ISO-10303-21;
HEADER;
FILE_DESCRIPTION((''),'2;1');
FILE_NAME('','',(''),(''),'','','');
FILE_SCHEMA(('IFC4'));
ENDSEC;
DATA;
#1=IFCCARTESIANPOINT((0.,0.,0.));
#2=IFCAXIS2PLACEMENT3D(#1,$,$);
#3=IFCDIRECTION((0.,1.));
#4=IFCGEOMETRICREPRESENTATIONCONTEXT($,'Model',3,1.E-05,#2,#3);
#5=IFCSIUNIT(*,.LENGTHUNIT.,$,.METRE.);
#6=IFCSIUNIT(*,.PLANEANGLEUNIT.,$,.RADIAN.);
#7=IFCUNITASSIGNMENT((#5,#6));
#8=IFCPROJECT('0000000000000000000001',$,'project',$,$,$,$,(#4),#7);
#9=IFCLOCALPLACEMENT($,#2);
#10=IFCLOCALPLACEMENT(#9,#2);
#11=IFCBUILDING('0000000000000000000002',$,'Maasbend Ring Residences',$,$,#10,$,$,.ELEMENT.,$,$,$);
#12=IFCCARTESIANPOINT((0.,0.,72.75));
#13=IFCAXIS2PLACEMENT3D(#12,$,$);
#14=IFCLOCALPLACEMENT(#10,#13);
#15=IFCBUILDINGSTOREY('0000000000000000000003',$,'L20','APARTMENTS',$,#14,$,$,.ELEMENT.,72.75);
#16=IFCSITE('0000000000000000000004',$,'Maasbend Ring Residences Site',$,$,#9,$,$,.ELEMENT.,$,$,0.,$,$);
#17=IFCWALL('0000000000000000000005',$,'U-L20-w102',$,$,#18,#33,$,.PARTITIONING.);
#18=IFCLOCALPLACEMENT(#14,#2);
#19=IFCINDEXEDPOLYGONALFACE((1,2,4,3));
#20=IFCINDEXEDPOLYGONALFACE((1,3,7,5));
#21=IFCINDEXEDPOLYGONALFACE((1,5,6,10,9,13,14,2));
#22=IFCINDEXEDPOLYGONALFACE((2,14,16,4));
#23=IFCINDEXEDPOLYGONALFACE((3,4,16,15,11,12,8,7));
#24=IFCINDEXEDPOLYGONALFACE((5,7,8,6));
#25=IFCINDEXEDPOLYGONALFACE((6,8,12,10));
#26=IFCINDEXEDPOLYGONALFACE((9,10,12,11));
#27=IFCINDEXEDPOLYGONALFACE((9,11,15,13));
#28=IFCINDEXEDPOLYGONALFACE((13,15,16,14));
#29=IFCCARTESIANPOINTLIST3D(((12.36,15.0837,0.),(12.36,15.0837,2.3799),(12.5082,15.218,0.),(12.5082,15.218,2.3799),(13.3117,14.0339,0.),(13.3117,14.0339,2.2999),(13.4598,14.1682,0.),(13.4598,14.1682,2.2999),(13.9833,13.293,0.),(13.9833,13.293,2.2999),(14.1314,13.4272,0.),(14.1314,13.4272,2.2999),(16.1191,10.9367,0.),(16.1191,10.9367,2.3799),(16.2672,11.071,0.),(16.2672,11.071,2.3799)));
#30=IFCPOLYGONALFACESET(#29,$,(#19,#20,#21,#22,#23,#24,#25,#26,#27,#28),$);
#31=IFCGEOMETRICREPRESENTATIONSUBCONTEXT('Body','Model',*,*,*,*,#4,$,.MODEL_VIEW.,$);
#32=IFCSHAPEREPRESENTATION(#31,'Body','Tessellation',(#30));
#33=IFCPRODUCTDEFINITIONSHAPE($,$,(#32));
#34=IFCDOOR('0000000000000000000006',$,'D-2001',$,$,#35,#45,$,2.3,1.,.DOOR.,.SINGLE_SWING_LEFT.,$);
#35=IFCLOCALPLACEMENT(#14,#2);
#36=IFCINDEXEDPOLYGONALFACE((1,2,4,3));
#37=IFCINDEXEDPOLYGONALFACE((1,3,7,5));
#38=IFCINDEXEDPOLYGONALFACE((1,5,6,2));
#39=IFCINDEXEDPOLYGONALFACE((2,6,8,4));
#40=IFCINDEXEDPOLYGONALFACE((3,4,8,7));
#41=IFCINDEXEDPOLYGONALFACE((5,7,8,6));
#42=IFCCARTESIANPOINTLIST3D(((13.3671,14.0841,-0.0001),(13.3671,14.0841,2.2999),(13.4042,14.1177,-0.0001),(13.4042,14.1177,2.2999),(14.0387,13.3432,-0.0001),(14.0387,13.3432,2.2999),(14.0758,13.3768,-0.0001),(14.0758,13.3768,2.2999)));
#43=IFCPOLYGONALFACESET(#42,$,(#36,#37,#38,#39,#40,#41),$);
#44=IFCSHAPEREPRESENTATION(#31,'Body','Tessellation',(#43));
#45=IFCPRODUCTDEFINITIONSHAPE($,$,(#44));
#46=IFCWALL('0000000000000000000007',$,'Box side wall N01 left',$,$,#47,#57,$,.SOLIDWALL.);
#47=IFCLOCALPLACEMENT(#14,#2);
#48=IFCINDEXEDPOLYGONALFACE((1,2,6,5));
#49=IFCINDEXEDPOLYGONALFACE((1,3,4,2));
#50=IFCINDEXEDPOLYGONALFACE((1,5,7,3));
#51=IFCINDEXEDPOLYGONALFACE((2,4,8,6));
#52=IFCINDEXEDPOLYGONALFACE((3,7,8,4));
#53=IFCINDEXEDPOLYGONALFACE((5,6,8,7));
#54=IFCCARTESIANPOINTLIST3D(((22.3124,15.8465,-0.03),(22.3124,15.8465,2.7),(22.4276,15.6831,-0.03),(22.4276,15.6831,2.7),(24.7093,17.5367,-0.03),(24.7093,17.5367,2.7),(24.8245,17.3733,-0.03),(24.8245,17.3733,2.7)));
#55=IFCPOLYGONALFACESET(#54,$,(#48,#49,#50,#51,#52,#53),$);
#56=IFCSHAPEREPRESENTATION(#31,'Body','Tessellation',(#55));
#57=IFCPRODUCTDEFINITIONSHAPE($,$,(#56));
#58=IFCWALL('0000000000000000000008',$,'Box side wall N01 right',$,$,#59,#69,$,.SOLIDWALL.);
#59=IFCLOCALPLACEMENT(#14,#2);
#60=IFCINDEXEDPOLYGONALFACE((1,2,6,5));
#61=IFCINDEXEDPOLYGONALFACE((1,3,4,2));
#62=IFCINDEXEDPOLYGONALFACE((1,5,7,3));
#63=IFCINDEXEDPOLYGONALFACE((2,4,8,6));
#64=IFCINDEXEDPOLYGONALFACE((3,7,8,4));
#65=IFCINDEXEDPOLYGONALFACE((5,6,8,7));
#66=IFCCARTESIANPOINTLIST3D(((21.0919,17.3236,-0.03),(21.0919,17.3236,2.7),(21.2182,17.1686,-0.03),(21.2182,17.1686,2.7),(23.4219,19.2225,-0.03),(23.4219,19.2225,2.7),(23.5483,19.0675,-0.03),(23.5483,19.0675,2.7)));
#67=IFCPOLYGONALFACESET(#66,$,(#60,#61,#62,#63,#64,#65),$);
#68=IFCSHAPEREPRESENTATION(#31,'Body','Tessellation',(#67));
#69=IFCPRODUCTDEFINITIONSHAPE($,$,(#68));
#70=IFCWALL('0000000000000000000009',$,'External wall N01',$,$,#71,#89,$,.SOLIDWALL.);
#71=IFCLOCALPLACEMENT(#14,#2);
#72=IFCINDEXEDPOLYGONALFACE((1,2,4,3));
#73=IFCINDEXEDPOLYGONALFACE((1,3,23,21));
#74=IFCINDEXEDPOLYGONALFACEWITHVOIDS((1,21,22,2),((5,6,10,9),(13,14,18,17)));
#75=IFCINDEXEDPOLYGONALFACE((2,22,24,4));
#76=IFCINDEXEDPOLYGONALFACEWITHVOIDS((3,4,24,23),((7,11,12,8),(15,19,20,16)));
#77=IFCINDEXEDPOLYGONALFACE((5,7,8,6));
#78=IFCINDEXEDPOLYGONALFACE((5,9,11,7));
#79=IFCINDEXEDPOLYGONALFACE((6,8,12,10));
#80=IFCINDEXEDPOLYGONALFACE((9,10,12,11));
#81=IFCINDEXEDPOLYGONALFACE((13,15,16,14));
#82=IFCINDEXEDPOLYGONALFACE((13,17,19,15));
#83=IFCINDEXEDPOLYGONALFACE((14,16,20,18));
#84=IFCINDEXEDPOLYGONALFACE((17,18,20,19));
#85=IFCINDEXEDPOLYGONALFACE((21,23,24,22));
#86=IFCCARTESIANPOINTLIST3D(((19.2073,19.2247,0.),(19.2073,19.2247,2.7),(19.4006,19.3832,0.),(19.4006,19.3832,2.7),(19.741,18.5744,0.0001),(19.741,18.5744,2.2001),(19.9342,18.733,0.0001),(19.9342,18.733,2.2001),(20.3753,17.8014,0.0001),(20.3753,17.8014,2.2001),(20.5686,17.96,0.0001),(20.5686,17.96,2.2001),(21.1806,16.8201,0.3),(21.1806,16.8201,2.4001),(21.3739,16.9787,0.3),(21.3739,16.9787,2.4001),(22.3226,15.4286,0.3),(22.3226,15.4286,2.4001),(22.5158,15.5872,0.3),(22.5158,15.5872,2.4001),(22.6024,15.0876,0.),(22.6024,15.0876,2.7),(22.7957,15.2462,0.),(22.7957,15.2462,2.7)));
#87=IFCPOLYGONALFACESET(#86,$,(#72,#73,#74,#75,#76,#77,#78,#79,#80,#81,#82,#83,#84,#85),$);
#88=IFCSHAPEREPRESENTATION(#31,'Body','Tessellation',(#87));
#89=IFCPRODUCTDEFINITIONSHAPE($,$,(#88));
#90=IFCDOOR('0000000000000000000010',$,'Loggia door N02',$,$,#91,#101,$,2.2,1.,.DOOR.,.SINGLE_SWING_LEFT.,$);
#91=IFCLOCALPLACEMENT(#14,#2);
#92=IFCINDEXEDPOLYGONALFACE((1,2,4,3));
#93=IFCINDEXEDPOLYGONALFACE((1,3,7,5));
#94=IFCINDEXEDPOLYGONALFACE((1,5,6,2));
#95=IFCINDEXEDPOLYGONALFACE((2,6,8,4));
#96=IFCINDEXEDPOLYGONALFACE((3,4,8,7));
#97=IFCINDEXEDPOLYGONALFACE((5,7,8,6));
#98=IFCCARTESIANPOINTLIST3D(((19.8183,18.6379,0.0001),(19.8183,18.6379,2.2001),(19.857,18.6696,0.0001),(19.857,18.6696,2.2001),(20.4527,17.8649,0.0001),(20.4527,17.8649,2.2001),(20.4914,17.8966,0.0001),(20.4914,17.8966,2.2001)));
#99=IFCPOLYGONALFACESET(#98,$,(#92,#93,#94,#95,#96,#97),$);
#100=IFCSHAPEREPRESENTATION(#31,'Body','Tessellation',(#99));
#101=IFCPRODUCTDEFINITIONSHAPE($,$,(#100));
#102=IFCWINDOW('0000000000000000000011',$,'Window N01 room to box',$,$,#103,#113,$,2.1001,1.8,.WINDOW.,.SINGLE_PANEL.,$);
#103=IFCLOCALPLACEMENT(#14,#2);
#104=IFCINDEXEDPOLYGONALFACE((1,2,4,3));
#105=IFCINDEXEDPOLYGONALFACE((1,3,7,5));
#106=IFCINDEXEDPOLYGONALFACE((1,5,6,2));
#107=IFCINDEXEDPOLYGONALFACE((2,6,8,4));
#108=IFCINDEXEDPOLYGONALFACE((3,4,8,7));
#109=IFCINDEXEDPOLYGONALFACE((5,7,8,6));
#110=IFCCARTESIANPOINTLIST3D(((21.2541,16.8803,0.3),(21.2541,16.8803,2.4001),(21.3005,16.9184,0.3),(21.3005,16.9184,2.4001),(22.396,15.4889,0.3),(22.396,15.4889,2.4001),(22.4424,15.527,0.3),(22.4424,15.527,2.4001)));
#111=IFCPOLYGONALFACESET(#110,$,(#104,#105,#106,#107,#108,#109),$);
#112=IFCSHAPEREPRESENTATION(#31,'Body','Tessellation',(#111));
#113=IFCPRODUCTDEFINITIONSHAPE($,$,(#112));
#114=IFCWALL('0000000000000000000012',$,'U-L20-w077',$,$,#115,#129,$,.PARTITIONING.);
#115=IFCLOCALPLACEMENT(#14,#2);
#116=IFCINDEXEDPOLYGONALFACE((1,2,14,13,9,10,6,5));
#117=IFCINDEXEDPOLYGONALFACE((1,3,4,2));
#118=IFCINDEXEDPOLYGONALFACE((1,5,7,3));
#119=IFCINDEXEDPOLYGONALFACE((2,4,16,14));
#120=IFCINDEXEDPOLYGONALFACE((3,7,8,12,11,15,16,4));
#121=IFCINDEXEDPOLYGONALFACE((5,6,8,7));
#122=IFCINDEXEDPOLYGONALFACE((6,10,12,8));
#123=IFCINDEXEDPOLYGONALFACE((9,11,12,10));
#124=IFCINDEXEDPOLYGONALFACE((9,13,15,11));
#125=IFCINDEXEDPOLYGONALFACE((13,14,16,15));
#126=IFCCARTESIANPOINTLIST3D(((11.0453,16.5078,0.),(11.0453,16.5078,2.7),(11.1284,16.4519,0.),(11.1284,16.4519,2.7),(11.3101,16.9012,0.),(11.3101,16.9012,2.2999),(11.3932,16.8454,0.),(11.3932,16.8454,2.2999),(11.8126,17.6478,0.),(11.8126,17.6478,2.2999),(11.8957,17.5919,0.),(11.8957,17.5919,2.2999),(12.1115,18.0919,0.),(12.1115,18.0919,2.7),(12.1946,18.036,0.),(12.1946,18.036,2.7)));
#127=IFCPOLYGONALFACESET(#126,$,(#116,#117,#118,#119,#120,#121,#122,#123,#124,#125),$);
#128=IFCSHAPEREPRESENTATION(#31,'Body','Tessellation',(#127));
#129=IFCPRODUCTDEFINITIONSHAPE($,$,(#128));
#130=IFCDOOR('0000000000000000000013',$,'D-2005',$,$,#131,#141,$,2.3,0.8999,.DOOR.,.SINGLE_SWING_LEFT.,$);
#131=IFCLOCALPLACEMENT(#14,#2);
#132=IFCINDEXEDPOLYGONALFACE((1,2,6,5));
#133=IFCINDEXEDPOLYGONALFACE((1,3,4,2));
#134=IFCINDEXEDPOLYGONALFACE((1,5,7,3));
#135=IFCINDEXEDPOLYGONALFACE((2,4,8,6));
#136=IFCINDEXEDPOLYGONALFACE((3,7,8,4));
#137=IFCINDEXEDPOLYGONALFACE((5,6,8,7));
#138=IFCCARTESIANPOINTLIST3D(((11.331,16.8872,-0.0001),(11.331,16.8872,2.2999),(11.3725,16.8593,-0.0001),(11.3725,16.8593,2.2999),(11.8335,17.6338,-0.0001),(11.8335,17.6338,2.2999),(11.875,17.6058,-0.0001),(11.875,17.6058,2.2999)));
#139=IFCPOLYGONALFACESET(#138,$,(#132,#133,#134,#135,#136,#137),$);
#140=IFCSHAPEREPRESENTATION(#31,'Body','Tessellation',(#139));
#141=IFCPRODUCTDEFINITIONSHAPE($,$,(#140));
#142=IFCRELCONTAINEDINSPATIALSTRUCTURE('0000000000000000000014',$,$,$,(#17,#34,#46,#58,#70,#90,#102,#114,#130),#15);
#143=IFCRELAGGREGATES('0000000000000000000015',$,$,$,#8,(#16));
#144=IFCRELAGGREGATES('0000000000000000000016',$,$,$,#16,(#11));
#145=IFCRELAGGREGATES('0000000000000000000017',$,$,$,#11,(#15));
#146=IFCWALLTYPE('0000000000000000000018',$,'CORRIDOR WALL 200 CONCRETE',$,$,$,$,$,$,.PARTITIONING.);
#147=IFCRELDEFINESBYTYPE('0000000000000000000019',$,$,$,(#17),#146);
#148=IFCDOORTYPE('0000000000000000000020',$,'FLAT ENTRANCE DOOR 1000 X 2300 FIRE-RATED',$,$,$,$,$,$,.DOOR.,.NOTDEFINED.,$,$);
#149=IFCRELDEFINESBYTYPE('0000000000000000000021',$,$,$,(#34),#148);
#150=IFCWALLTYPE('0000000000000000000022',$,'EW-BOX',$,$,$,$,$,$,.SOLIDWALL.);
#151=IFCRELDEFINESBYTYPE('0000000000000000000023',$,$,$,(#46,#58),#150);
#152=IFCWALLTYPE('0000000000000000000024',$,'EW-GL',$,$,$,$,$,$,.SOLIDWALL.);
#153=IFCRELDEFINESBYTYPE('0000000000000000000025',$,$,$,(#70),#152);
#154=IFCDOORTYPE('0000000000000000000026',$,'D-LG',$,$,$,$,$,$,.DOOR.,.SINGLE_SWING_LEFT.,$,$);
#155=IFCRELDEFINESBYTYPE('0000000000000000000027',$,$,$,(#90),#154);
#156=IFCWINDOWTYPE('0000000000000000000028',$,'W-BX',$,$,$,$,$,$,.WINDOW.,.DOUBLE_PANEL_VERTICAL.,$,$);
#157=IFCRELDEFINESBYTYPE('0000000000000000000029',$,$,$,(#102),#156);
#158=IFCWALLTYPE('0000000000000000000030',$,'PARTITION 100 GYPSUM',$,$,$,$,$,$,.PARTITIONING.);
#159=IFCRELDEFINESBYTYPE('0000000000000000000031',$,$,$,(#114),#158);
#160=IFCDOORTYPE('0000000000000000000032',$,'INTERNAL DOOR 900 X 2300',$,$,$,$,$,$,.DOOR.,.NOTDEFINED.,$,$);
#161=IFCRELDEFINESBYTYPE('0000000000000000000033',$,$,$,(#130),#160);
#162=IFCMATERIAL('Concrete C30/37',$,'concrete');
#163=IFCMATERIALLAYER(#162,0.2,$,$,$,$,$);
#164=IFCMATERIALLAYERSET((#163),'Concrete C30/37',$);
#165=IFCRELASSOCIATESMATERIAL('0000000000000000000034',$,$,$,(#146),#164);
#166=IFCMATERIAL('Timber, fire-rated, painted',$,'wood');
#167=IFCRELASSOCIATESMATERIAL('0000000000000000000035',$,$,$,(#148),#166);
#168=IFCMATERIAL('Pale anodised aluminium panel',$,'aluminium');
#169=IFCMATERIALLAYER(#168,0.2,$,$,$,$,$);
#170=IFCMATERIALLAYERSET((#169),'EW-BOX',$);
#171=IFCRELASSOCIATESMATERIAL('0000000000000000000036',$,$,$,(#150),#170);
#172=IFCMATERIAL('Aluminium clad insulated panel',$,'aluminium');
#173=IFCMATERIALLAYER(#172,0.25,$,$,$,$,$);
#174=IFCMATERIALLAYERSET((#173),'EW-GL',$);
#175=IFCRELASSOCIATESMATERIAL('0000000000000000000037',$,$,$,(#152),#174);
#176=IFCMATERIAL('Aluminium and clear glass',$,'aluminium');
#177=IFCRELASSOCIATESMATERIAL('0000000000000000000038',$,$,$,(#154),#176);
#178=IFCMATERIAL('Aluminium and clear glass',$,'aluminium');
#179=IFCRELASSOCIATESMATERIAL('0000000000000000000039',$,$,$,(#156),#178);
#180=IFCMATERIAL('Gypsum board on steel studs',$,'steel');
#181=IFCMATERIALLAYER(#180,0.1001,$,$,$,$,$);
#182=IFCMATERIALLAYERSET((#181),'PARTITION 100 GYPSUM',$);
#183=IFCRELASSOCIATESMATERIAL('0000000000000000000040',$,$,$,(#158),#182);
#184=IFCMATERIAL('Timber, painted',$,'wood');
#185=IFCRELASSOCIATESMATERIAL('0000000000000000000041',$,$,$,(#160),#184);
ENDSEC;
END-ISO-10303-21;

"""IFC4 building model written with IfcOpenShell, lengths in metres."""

from ifc_helpers import new_model, si_unit, direction, frame, frame_2d, origin, place, context, subcontext, project, spatial, rectangle, extrude, material, layer, layer_set, type_object, element, fill, save


model = new_model("IFC4")

# Units and contexts
model_context = context("Model", 3, precision=1e-05, world=origin(), true_north=direction((0.0, 1.0)))
body_context = subcontext(model_context, "Body", "Model", "MODEL_VIEW")
ifc_project = project(units=[si_unit("LENGTHUNIT", "METRE"), si_unit("PLANEANGLEUNIT", "RADIAN")], contexts=[model_context])

# Site, building, storey
site_placement = place(None, origin())
site = spatial("IfcSite", under=ifc_project, at=site_placement, Name="Maasbend Ring Residences Site", CompositionType="ELEMENT", RefElevation=0.0)
building_placement = place(site_placement, origin())
building = spatial("IfcBuilding", under=site, at=building_placement, Name="Maasbend Ring Residences", CompositionType="ELEMENT")
storey_placement = place(building_placement, frame((0.0, 0.0, 72.75)))
storey = spatial("IfcBuildingStorey", under=building, at=storey_placement, Name="L20", Description="APARTMENTS", CompositionType="ELEMENT", Elevation=72.75)

# Wall, opening, door
ifc_material_1 = material(Name="Concrete C30/37", Category="concrete")
ifc_layer_1 = layer(ifc_material_1, 0.2)
ifc_layer_set_1 = layer_set([ifc_layer_1], Name="Concrete C30/37")
wall_type_1 = type_object("IfcWallType", Name="CORRIDOR WALL 200 CONCRETE", PredefinedType="PARTITIONING", material=ifc_layer_set_1)
wall_1_placement = place(storey_placement, frame((12.4341, 15.1509, 0.0), z_axis=(0.0, 0.0, 1.0), x_axis=(0.671602, -0.740912, 0.0)))
wall_1 = element("IfcWall", 1, at=wall_1_placement, inside=storey, type_object=wall_type_1, Name="U-L20-w102", PredefinedType="PARTITIONING", context=body_context, shape_type="SweptSolid", body=[
    extrude(rectangle(XDim=5.5972, YDim=0.2, at=frame_2d((2.7986, 0.0))), origin(), (0.0, 0.0, 1.0), 2.3799),
])
opening_1_placement = place(wall_1_placement, frame((1.417, 0.0, 0.0)))
opening_1 = element("IfcOpeningElement", 2, at=opening_1_placement, cuts=wall_1, PredefinedType="OPENING", context=body_context, shape_type="SweptSolid", body=[
    extrude(rectangle(XDim=1.0, YDim=2.3, at=frame_2d((0.5, 1.1499))), frame((0.0, 0.1099, 0.0), z_axis=(0.0, -1.0, 0.0), x_axis=(1.0, 0.0, 0.0)), (0.0, 0.0, 1.0), 0.22),
])
ifc_material_2 = material(Name="Timber, fire-rated, painted", Category="wood")
door_type_1 = type_object("IfcDoorType", Name="FLAT ENTRANCE DOOR 1000 X 2300 FIRE-RATED", OperationType="NOTDEFINED", PredefinedType="DOOR", material=ifc_material_2)
door_1_placement = place(opening_1_placement, origin())
door_1 = element("IfcDoor", 3, at=door_1_placement, inside=storey, type_object=door_type_1, Name="D-2001", OperationType="SINGLE_SWING_LEFT", OverallHeight=2.3, OverallWidth=1.0, PredefinedType="DOOR", context=body_context, shape_type="SweptSolid", body=[
    extrude(rectangle(XDim=1.0, YDim=2.3, at=frame_2d((0.5, 1.1499))), frame((0.0, 0.0249, 0.0), z_axis=(0.0, -1.0, 0.0), x_axis=(1.0, 0.0, 0.0)), (0.0, 0.0, 1.0), 0.05),
])
fill(opening_1, door_1)

# Walls
ifc_material_3 = material(Name="Pale anodised aluminium panel", Category="aluminium")
ifc_layer_2 = layer(ifc_material_3, 0.2)
ifc_layer_set_2 = layer_set([ifc_layer_2], Name="EW-BOX")
wall_type_2 = type_object("IfcWallType", Name="EW-BOX", PredefinedType="SOLIDWALL", material=ifc_layer_set_2)
wall_2_placement = place(storey_placement, frame((22.3701, 15.7649, -0.03), z_axis=(0.0, 0.0, 1.0), x_axis=(0.817256, 0.576275, 0.0)))
element("IfcWall", 4, at=wall_2_placement, inside=storey, type_object=wall_type_2, Name="Box side wall N01 left", PredefinedType="SOLIDWALL", context=body_context, shape_type="SweptSolid", body=[
    extrude(rectangle(XDim=2.9329, YDim=0.2, at=frame_2d((1.4663, 0.0))), origin(), (0.0, 0.0, 1.0), 2.73),
])
wall_3_placement = place(storey_placement, frame((21.155, 17.2461, -0.03), z_axis=(0.0, 0.0, 1.0), x_axis=(0.775179, 0.631742, 0.0)))
element("IfcWall", 5, at=wall_3_placement, inside=storey, type_object=wall_type_2, Name="Box side wall N01 right", PredefinedType="SOLIDWALL", context=body_context, shape_type="SweptSolid", body=[
    extrude(rectangle(XDim=3.0059, YDim=0.2, at=frame_2d((1.5029, 0.0))), origin(), (0.0, 0.0, 1.0), 2.73),
])

# Wall, openings, door, window
ifc_material_4 = material(Name="Aluminium clad insulated panel", Category="aluminium")
ifc_layer_3 = layer(ifc_material_4, 0.25)
ifc_layer_set_3 = layer_set([ifc_layer_3], Name="EW-GL")
wall_type_3 = type_object("IfcWallType", Name="EW-GL", PredefinedType="SOLIDWALL", material=ifc_layer_set_3)
wall_4_placement = place(storey_placement, frame((22.699, 15.167, 0.0), z_axis=(0.0, 0.0, 1.0), x_axis=(-0.634382, 0.773019, 0.0)))
wall_4 = element("IfcWall", 6, at=wall_4_placement, inside=storey, type_object=wall_type_3, Name="External wall N01", PredefinedType="SOLIDWALL", context=body_context, shape_type="SweptSolid", body=[
    extrude(rectangle(XDim=5.3518, YDim=0.25, at=frame_2d((2.6758, 0.0))), origin(), (0.0, 0.0, 1.0), 2.7),
])
opening_2_placement = place(wall_4_placement, frame((0.4412, 0.0, 0.3)))
opening_2 = element("IfcOpeningElement", 7, at=opening_2_placement, cuts=wall_4, PredefinedType="OPENING", context=body_context, shape_type="SweptSolid", body=[
    extrude(rectangle(XDim=1.8, YDim=2.1001, at=frame_2d((0.8999, 1.05))), frame((0.0, 0.135, 0.0), z_axis=(0.0, -1.0, 0.0), x_axis=(1.0, 0.0, 0.0)), (0.0, 0.0, 1.0), 0.27),
])
opening_3_placement = place(wall_4_placement, frame((3.5105, 0.0, 0.0)))
opening_3 = element("IfcOpeningElement", 8, at=opening_3_placement, cuts=wall_4, PredefinedType="OPENING", context=body_context, shape_type="SweptSolid", body=[
    extrude(rectangle(XDim=1.0, YDim=2.2, at=frame_2d((0.5, 1.1001))), frame((0.0, 0.135, 0.0), z_axis=(0.0, -1.0, 0.0), x_axis=(1.0, 0.0, 0.0)), (0.0, 0.0, 1.0), 0.27),
])
ifc_material_5 = material(Name="Aluminium and clear glass", Category="aluminium")
door_type_2 = type_object("IfcDoorType", Name="D-LG", OperationType="SINGLE_SWING_LEFT", PredefinedType="DOOR", material=ifc_material_5)
door_2_placement = place(opening_3_placement, origin())
door_2 = element("IfcDoor", 9, at=door_2_placement, inside=storey, type_object=door_type_2, Name="Loggia door N02", OperationType="SINGLE_SWING_LEFT", OverallHeight=2.2, OverallWidth=1.0, PredefinedType="DOOR", context=body_context, shape_type="SweptSolid", body=[
    extrude(rectangle(XDim=1.0, YDim=2.2, at=frame_2d((0.5, 1.1001))), frame((0.0, 0.0249, 0.0), z_axis=(0.0, -1.0, 0.0), x_axis=(1.0, 0.0, 0.0)), (0.0, 0.0, 1.0), 0.05),
])
fill(opening_3, door_2)
ifc_material_6 = material(Name="Aluminium and clear glass", Category="aluminium")
window_type = type_object("IfcWindowType", Name="W-BX", PartitioningType="DOUBLE_PANEL_VERTICAL", PredefinedType="WINDOW", material=ifc_material_6)
window_placement = place(opening_2_placement, origin())
window = element("IfcWindow", 10, at=window_placement, inside=storey, type_object=window_type, Name="Window N01 room to box", OverallHeight=2.1001, OverallWidth=1.8, PartitioningType="SINGLE_PANEL", PredefinedType="WINDOW", context=body_context, shape_type="SweptSolid", body=[
    extrude(rectangle(XDim=1.8, YDim=2.1001, at=frame_2d((0.8999, 1.05))), frame((0.0, 0.03, 0.0), z_axis=(0.0, -1.0, 0.0), x_axis=(1.0, 0.0, 0.0)), (0.0, 0.0, 1.0), 0.0601),
])
fill(opening_2, window)

# Wall, opening, door
ifc_material_7 = material(Name="Gypsum board on steel studs", Category="steel")
ifc_layer_4 = layer(ifc_material_7, 0.1001)
ifc_layer_set_4 = layer_set([ifc_layer_4], Name="PARTITION 100 GYPSUM")
wall_type_4 = type_object("IfcWallType", Name="PARTITION 100 GYPSUM", PredefinedType="PARTITIONING", material=ifc_layer_set_4)
wall_5_placement = place(storey_placement, frame((11.0869, 16.48, 0.0), z_axis=(0.0, 0.0, 1.0), x_axis=(0.558383, 0.829583, 0.0)))
wall_5 = element("IfcWall", 11, at=wall_5_placement, inside=storey, type_object=wall_type_4, Name="U-L20-w077", PredefinedType="PARTITIONING", context=body_context, shape_type="SweptSolid", body=[
    extrude(rectangle(XDim=1.9094, YDim=0.1001, at=frame_2d((0.9546, 0.0))), origin(), (0.0, 0.0, 1.0), 2.7),
])
opening_4_placement = place(wall_5_placement, frame((0.4741, 0.0, 0.0)))
opening_4 = element("IfcOpeningElement", 12, at=opening_4_placement, cuts=wall_5, PredefinedType="OPENING", context=body_context, shape_type="SweptSolid", body=[
    extrude(rectangle(XDim=0.8999, YDim=2.3, at=frame_2d((0.45, 1.1499))), frame((0.0, 0.0601, 0.0), z_axis=(0.0, -1.0, 0.0), x_axis=(1.0, 0.0, 0.0)), (0.0, 0.0, 1.0), 0.1201),
])
ifc_material_8 = material(Name="Timber, painted", Category="wood")
door_type_3 = type_object("IfcDoorType", Name="INTERNAL DOOR 900 X 2300", OperationType="NOTDEFINED", PredefinedType="DOOR", material=ifc_material_8)
door_3_placement = place(opening_4_placement, origin())
door_3 = element("IfcDoor", 13, at=door_3_placement, inside=storey, type_object=door_type_3, Name="D-2005", OperationType="SINGLE_SWING_LEFT", OverallHeight=2.3, OverallWidth=0.8999, PredefinedType="DOOR", context=body_context, shape_type="SweptSolid", body=[
    extrude(rectangle(XDim=0.8999, YDim=2.3, at=frame_2d((0.45, 1.1499))), frame((0.0, 0.0249, 0.0), z_axis=(0.0, -1.0, 0.0), x_axis=(1.0, 0.0, 0.0)), (0.0, 0.0, 1.0), 0.05),
])
fill(opening_4, door_3)

save(model, "model.ifc")
